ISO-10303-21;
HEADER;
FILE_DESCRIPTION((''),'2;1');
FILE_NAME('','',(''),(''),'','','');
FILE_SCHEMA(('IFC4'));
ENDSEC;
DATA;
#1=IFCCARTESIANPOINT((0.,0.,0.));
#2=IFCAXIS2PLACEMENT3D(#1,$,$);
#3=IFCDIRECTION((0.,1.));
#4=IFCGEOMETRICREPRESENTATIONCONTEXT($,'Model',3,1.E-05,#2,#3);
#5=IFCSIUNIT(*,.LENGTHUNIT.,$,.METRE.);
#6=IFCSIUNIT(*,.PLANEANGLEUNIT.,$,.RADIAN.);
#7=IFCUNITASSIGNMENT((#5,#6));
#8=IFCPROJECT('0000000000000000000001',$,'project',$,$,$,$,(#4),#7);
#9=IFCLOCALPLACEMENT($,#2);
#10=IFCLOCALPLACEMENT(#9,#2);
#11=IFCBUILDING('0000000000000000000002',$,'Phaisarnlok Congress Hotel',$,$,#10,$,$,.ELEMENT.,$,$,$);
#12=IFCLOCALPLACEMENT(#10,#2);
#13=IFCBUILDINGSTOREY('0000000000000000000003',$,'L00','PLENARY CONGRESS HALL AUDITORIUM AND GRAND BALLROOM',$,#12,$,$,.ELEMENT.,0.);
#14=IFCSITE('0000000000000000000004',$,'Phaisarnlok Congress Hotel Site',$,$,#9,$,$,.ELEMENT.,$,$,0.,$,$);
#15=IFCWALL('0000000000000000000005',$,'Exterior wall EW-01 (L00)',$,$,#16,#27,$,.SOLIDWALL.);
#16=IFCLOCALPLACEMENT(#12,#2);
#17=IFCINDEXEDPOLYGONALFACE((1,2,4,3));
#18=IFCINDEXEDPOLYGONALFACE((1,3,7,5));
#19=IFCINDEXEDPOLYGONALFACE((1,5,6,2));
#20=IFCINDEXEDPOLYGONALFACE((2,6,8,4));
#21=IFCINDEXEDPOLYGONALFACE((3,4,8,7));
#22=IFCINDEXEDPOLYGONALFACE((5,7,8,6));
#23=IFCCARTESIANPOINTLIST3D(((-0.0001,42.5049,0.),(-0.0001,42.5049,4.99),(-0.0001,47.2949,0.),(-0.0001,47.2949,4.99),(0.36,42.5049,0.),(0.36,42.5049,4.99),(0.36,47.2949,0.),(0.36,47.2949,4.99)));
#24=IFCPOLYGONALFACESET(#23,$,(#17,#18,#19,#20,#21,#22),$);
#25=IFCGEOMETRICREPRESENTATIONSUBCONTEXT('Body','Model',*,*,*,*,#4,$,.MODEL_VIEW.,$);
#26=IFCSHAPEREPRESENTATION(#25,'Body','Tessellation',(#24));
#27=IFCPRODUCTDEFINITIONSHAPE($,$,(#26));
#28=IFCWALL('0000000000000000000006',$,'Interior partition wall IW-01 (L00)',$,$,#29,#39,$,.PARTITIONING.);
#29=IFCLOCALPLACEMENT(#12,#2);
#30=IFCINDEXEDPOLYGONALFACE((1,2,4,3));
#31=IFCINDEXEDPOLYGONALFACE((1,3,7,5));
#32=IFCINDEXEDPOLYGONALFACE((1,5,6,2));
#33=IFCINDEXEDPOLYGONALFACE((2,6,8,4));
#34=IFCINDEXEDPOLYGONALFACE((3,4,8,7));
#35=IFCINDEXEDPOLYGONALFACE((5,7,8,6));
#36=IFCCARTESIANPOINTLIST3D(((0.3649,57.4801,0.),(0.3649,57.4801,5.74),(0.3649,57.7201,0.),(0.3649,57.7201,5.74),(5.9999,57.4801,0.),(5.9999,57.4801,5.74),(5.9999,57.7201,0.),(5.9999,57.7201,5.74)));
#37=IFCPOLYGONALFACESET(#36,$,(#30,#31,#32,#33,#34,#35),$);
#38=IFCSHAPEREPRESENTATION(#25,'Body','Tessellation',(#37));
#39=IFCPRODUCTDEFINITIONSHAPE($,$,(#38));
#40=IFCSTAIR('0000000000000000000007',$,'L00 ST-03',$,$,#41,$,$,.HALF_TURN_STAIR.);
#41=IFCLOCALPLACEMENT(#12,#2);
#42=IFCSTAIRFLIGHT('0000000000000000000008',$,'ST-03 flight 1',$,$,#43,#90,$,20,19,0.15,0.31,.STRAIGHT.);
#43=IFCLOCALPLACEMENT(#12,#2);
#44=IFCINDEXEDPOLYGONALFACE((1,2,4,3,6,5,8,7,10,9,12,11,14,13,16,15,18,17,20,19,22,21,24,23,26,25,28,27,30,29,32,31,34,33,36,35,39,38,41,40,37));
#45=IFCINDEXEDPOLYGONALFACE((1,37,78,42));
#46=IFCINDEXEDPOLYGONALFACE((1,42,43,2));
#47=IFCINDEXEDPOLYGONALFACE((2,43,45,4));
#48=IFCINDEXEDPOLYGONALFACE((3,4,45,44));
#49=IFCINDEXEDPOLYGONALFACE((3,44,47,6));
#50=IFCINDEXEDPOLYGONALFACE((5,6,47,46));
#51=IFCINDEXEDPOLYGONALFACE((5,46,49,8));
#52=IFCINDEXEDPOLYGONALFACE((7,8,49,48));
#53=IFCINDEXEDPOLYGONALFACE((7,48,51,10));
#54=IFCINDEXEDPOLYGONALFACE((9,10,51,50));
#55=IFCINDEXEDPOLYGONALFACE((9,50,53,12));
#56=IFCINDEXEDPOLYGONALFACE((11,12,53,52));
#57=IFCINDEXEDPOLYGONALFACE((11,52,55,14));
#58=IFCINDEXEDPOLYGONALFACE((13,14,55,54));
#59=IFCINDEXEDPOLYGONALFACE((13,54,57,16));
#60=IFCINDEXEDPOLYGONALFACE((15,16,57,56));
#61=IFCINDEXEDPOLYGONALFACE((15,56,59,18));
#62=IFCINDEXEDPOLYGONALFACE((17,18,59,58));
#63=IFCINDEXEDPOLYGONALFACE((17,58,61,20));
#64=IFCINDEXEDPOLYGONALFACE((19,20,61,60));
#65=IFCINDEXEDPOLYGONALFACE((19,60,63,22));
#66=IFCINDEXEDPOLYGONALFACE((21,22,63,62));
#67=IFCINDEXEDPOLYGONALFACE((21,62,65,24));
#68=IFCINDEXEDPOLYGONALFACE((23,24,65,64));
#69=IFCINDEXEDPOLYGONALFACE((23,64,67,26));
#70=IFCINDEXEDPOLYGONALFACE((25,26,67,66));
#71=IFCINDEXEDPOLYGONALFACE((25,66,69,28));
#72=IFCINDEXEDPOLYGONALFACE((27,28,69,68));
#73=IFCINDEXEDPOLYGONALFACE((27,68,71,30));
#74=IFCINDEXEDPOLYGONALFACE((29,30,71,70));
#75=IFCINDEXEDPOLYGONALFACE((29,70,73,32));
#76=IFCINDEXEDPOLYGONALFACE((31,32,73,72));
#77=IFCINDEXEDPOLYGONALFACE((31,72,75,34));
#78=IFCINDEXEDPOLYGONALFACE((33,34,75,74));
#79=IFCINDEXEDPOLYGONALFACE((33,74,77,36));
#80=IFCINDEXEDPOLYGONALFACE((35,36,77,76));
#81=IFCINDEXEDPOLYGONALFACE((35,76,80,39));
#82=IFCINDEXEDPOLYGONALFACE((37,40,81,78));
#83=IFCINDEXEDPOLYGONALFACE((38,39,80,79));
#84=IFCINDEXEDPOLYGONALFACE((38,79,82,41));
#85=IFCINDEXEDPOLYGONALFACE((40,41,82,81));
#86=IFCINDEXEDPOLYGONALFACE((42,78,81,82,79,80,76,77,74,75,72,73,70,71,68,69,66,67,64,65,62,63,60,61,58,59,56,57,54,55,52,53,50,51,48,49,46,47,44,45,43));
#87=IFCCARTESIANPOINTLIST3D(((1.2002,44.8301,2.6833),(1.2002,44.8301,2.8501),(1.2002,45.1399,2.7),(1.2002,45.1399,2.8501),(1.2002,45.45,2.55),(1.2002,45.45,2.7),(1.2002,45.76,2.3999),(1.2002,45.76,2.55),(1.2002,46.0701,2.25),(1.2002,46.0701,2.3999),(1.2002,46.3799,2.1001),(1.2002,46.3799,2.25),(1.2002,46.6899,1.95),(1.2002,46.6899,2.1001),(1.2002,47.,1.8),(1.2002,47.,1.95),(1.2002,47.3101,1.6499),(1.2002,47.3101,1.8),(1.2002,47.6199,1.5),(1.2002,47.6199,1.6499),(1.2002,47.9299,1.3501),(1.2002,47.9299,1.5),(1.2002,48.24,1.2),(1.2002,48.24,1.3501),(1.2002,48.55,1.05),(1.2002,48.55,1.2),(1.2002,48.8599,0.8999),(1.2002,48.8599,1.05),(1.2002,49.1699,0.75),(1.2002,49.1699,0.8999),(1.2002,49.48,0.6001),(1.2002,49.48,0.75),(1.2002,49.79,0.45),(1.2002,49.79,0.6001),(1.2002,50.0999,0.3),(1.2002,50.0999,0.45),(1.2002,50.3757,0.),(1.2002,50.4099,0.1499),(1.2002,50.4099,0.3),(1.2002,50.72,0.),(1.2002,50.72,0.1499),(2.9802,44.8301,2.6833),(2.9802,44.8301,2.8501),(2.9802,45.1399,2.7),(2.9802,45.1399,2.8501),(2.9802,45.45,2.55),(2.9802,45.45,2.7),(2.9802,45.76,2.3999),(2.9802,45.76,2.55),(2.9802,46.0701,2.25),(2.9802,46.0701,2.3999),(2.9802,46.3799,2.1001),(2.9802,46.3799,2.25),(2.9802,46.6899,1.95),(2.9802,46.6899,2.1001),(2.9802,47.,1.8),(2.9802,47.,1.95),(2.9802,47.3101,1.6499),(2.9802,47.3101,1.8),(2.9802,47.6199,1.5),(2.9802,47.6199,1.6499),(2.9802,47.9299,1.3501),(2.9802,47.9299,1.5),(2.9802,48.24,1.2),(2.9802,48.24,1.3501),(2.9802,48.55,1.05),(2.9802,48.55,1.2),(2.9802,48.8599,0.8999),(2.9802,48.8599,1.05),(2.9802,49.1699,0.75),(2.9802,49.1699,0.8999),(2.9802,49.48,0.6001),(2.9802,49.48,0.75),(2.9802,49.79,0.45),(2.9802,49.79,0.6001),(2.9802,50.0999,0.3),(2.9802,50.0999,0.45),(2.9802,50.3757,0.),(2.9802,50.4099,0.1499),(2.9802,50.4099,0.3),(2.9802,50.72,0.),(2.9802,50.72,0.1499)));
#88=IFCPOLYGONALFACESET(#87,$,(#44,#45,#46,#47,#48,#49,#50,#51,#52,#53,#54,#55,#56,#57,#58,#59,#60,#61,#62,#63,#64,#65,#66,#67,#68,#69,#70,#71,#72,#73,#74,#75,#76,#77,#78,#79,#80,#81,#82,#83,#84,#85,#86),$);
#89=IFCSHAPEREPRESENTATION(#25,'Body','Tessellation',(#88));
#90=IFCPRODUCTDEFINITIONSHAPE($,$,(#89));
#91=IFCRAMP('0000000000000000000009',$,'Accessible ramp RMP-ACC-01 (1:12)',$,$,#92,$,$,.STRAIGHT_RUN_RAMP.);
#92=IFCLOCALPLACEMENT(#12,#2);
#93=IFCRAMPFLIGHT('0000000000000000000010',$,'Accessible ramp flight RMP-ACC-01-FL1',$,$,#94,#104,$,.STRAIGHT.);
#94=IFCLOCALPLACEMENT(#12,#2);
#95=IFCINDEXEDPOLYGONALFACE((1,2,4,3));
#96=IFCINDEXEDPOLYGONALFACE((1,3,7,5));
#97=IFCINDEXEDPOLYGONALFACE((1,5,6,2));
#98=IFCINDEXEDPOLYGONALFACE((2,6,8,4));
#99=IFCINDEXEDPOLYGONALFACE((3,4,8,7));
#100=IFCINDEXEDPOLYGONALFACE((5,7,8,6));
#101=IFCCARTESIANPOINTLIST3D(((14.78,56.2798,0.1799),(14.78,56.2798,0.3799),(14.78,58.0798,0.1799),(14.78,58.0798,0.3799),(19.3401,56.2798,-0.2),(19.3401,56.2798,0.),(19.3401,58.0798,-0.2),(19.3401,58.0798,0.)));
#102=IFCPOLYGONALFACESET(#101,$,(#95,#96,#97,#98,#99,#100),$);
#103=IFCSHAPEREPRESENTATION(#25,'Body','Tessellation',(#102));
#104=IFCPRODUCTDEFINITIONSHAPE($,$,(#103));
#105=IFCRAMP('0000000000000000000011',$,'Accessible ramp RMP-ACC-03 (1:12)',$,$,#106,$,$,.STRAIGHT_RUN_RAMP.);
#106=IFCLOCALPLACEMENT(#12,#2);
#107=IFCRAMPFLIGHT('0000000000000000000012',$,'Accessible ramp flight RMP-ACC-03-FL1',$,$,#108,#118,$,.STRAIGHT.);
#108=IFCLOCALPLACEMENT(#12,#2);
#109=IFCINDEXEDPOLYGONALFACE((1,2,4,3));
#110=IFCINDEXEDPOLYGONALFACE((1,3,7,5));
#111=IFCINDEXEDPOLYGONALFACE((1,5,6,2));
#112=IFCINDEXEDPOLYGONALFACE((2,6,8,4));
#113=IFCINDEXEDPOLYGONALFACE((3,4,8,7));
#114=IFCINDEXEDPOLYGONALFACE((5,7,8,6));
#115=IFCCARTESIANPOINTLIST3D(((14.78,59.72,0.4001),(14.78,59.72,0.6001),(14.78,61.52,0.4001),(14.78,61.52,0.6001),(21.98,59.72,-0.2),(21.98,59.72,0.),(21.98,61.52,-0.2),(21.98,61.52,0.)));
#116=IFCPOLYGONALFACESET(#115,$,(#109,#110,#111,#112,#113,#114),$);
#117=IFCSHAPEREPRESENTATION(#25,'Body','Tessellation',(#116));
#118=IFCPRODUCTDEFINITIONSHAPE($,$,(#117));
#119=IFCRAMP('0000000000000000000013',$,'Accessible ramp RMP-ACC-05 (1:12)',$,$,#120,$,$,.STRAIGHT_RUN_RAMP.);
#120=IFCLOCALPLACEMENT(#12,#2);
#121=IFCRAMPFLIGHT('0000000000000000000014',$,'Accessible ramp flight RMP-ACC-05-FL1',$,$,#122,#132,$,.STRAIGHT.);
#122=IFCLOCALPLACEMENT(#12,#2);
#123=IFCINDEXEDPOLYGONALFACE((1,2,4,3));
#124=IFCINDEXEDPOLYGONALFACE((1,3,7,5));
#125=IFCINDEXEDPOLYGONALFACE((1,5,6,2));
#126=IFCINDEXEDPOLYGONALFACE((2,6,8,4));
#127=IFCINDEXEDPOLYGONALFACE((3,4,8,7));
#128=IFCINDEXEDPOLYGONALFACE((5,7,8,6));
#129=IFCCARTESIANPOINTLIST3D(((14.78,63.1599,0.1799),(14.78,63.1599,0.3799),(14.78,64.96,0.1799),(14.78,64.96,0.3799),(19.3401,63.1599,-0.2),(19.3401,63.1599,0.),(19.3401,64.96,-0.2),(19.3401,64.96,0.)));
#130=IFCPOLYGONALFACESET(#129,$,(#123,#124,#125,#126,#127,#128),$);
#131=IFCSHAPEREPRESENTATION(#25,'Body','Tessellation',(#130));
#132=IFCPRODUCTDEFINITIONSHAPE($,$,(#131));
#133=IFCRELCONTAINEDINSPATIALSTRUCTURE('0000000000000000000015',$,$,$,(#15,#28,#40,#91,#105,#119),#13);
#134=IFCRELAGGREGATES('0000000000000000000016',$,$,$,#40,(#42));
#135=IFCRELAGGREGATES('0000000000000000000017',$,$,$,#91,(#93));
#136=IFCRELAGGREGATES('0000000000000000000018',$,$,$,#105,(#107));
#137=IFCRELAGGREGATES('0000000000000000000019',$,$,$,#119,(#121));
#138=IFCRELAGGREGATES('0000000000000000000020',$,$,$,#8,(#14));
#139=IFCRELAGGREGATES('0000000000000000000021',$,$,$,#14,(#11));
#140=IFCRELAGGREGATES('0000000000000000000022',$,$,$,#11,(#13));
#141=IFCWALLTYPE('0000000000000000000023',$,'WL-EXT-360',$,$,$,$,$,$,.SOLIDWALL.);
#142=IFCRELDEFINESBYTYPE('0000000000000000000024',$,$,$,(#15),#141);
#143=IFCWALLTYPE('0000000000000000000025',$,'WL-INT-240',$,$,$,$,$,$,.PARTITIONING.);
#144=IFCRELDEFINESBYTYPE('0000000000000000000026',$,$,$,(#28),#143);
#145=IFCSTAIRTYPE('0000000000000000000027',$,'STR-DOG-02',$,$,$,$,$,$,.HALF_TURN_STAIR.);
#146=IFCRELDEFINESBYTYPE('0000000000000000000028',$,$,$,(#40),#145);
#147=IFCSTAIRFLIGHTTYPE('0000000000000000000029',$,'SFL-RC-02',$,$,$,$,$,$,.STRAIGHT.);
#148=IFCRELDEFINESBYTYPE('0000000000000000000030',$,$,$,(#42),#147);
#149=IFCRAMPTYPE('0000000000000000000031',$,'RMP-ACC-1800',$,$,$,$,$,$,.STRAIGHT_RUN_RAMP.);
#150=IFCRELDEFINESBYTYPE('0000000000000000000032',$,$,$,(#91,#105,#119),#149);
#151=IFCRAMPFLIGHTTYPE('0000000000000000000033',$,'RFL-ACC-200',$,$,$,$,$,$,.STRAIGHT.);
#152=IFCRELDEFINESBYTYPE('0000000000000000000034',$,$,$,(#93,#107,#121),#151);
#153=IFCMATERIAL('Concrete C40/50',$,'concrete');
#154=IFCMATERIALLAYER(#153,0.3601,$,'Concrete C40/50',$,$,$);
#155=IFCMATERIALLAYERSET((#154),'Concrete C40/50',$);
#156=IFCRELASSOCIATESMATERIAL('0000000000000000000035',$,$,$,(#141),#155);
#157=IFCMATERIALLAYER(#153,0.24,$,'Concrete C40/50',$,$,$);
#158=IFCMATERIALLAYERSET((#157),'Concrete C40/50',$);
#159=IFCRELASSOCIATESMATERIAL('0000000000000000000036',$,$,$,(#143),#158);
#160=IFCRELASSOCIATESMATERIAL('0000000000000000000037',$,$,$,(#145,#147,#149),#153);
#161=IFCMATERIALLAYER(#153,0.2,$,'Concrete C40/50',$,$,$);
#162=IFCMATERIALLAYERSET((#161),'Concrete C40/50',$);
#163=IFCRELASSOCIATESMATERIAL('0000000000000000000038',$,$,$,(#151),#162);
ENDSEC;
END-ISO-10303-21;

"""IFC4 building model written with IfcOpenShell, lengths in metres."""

from ifc_helpers import new_model, si_unit, direction, frame, frame_2d, origin, place, context, subcontext, project, spatial, polyline, rectangle, outline, extrude, material, layer, layer_set, type_object, element, aggregate, save


model = new_model("IFC4")

# Units and contexts
model_context = context("Model", 3, precision=1e-05, world=origin(), true_north=direction((0.0, 1.0)))
body_context = subcontext(model_context, "Body", "Model", "MODEL_VIEW")
ifc_project = project(units=[si_unit("LENGTHUNIT", "METRE"), si_unit("PLANEANGLEUNIT", "RADIAN")], contexts=[model_context])

# Site, building, storey
site_placement = place(None, origin())
site = spatial("IfcSite", under=ifc_project, at=site_placement, Name="Phaisarnlok Congress Hotel Site", CompositionType="ELEMENT", RefElevation=0.0)
building_placement = place(site_placement, origin())
building = spatial("IfcBuilding", under=site, at=building_placement, Name="Phaisarnlok Congress Hotel", CompositionType="ELEMENT")
storey_placement = place(building_placement, origin())
storey = spatial("IfcBuildingStorey", under=building, at=storey_placement, Name="L00", Description="PLENARY CONGRESS HALL AUDITORIUM AND GRAND BALLROOM", CompositionType="ELEMENT", Elevation=0.0)

# Shared definitions
ifc_material_1 = material(Name="Concrete C40/50", Category="concrete")

# Walls
ifc_layer_1 = layer(ifc_material_1, 0.3601, Name="Concrete C40/50")
ifc_layer_set_1 = layer_set([ifc_layer_1], Name="Concrete C40/50")
wall_type_1 = type_object("IfcWallType", Name="WL-EXT-360", PredefinedType="SOLIDWALL", material=ifc_layer_set_1)
for number, where, z_axis, x_axis, name in (
    (1, (0.1799, 47.2949, 0.0), (0.0, 0.0, 1.0), (0.0, -1.0, 0.0), "Exterior wall EW-01 (L00)"),
):
    element("IfcWall", number, at=place(storey_placement, frame(where, z_axis=z_axis, x_axis=x_axis)), inside=storey, type_object=wall_type_1, Name=name, PredefinedType="SOLIDWALL", context=body_context, shape_type="SweptSolid", body=[
        extrude(rectangle(XDim=4.79, YDim=0.3601, at=frame_2d((2.395, 0.0))), origin(), (0.0, 0.0, 1.0), 4.99),
    ])
ifc_layer_2 = layer(ifc_material_1, 0.24, Name="Concrete C40/50")
ifc_layer_set_2 = layer_set([ifc_layer_2], Name="Concrete C40/50")
wall_type_2 = type_object("IfcWallType", Name="WL-INT-240", PredefinedType="PARTITIONING", material=ifc_layer_set_2)
wall_1_placement = place(storey_placement, frame((0.365, 57.6001, 0.0), z_axis=(0.0, 0.0, 1.0), x_axis=(1.0, 0.0, 0.0)))
element("IfcWall", 2, at=wall_1_placement, inside=storey, type_object=wall_type_2, Name="Interior partition wall IW-01 (L00)", PredefinedType="PARTITIONING", context=body_context, shape_type="SweptSolid", body=[
    extrude(rectangle(XDim=5.635, YDim=0.24, at=frame_2d((2.8174, 0.0))), origin(), (0.0, 0.0, 1.0), 5.74),
])

# Stair, stair flight
stair_type = type_object("IfcStairType", Name="STR-DOG-02", PredefinedType="HALF_TURN_STAIR", material=ifc_material_1)
stair_placement = place(storey_placement, origin())
stair = element("IfcStair", 3, at=stair_placement, inside=storey, type_object=stair_type, Name="L00 ST-03", PredefinedType="HALF_TURN_STAIR")
stair_flight_type = type_object("IfcStairFlightType", Name="SFL-RC-02", PredefinedType="STRAIGHT", material=ifc_material_1)
stair_flight_placement = place(storey_placement, frame((2.0901, 50.72, 0.0), z_axis=(0.0, 0.0, 1.0), x_axis=(0.0, -1.0, 0.0)))
stair_flight = element("IfcStairFlight", 4, at=stair_flight_placement, type_object=stair_flight_type, Name="ST-03 flight 1", NumberOfRisers=20, NumberOfTreads=19, PredefinedType="STRAIGHT", RiserHeight=0.15, TreadLength=0.31, context=body_context, shape_type="SweptSolid", body=[
    extrude(outline(polyline([(0.0, 0.0), (0.0, 0.1499), (0.3101, 0.1499), (0.3101, 0.3), (0.6201, 0.3), (0.6201, 0.45), (0.9299, 0.45), (0.9299, 0.6001), (1.24, 0.6001), (1.24, 0.75), (1.55, 0.75), (1.55, 0.8999), (1.8601, 0.8999), (1.8601, 1.05), (2.1699, 1.05), (2.1699, 1.2), (2.48, 1.2), (2.48, 1.3501), (2.79, 1.3501), (2.79, 1.5), (3.1001, 1.5), (3.1001, 1.6499), (3.4099, 1.6499), (3.4099, 1.8), (3.72, 1.8), (3.72, 1.95), (4.03, 1.95), (4.03, 2.1001), (4.3401, 2.1001), (4.3401, 2.25), (4.6499, 2.25), (4.6499, 2.3999), (4.96, 2.3999), (4.96, 2.55), (5.27, 2.55), (5.27, 2.7), (5.5801, 2.7), (5.5801, 2.8501), (5.8899, 2.8501), (5.8899, 3.0), (5.8899, 2.6833), (0.3442, 0.0), (0.0, 0.0)])), frame((0.0, 0.8901, 0.0), z_axis=(0.0, -1.0, 0.0), x_axis=(1.0, 0.0, 0.0)), (0.0, 0.0, 1.0), 1.78),
])
aggregate(stair, [stair_flight])

# Ramps, ramp flights
ramp_type = type_object("IfcRampType", Name="RMP-ACC-1800", PredefinedType="STRAIGHT_RUN_RAMP", material=ifc_material_1)
ramp_1_placement = place(storey_placement, origin())
ramp_1 = element("IfcRamp", 5, at=ramp_1_placement, inside=storey, type_object=ramp_type, Name="Accessible ramp RMP-ACC-01 (1:12)", PredefinedType="STRAIGHT_RUN_RAMP")
ifc_layer_3 = layer(ifc_material_1, 0.2, Name="Concrete C40/50")
ifc_layer_set_3 = layer_set([ifc_layer_3], Name="Concrete C40/50")
ramp_flight_type = type_object("IfcRampFlightType", Name="RFL-ACC-200", PredefinedType="STRAIGHT", material=ifc_layer_set_3)
ramp_flight_1_placement = place(storey_placement, frame((14.78, 57.1799, 0.3799), z_axis=(0.0, 0.0, 1.0), x_axis=(1.0, 0.0, 0.0)))
ramp_flight_1 = element("IfcRampFlight", 6, at=ramp_flight_1_placement, type_object=ramp_flight_type, Name="Accessible ramp flight RMP-ACC-01-FL1", PredefinedType="STRAIGHT", context=body_context, shape_type="SweptSolid", body=[
    extrude(outline(polyline([(0.0, -0.2), (4.5601, -0.5798), (4.5601, -0.3799), (0.0, 0.0), (0.0, -0.2)])), frame((0.0, 0.8999, 0.0), z_axis=(0.0, -1.0, 0.0), x_axis=(1.0, 0.0, 0.0)), (0.0, 0.0, 1.0), 1.8),
])
aggregate(ramp_1, [ramp_flight_1])
ramp_2_placement = place(storey_placement, origin())
ramp_2 = element("IfcRamp", 7, at=ramp_2_placement, inside=storey, type_object=ramp_type, Name="Accessible ramp RMP-ACC-03 (1:12)", PredefinedType="STRAIGHT_RUN_RAMP")
ramp_flight_2_placement = place(storey_placement, frame((14.78, 60.6201, 0.6001), z_axis=(0.0, 0.0, 1.0), x_axis=(1.0, 0.0, 0.0)))
ramp_flight_2 = element("IfcRampFlight", 8, at=ramp_flight_2_placement, type_object=ramp_flight_type, Name="Accessible ramp flight RMP-ACC-03-FL1", PredefinedType="STRAIGHT", context=body_context, shape_type="SweptSolid", body=[
    extrude(outline(polyline([(0.0, -0.2), (7.2, -0.8), (7.2, -0.6001), (0.0, 0.0), (0.0, -0.2)])), frame((0.0, 0.8999, 0.0), z_axis=(0.0, -1.0, 0.0), x_axis=(1.0, 0.0, 0.0)), (0.0, 0.0, 1.0), 1.8),
])
aggregate(ramp_2, [ramp_flight_2])
ramp_3_placement = place(storey_placement, origin())
ramp_3 = element("IfcRamp", 9, at=ramp_3_placement, inside=storey, type_object=ramp_type, Name="Accessible ramp RMP-ACC-05 (1:12)", PredefinedType="STRAIGHT_RUN_RAMP")
ramp_flight_3_placement = place(storey_placement, frame((14.78, 64.0601, 0.3799), z_axis=(0.0, 0.0, 1.0), x_axis=(1.0, 0.0, 0.0)))
ramp_flight_3 = element("IfcRampFlight", 10, at=ramp_flight_3_placement, type_object=ramp_flight_type, Name="Accessible ramp flight RMP-ACC-05-FL1", PredefinedType="STRAIGHT", context=body_context, shape_type="SweptSolid", body=[
    extrude(outline(polyline([(0.0, -0.2), (4.5601, -0.5798), (4.5601, -0.3799), (0.0, 0.0), (0.0, -0.2)])), frame((0.0, 0.8999, 0.0), z_axis=(0.0, -1.0, 0.0), x_axis=(1.0, 0.0, 0.0)), (0.0, 0.0, 1.0), 1.8),
])
aggregate(ramp_3, [ramp_flight_3])

save(model, "model.ifc")
